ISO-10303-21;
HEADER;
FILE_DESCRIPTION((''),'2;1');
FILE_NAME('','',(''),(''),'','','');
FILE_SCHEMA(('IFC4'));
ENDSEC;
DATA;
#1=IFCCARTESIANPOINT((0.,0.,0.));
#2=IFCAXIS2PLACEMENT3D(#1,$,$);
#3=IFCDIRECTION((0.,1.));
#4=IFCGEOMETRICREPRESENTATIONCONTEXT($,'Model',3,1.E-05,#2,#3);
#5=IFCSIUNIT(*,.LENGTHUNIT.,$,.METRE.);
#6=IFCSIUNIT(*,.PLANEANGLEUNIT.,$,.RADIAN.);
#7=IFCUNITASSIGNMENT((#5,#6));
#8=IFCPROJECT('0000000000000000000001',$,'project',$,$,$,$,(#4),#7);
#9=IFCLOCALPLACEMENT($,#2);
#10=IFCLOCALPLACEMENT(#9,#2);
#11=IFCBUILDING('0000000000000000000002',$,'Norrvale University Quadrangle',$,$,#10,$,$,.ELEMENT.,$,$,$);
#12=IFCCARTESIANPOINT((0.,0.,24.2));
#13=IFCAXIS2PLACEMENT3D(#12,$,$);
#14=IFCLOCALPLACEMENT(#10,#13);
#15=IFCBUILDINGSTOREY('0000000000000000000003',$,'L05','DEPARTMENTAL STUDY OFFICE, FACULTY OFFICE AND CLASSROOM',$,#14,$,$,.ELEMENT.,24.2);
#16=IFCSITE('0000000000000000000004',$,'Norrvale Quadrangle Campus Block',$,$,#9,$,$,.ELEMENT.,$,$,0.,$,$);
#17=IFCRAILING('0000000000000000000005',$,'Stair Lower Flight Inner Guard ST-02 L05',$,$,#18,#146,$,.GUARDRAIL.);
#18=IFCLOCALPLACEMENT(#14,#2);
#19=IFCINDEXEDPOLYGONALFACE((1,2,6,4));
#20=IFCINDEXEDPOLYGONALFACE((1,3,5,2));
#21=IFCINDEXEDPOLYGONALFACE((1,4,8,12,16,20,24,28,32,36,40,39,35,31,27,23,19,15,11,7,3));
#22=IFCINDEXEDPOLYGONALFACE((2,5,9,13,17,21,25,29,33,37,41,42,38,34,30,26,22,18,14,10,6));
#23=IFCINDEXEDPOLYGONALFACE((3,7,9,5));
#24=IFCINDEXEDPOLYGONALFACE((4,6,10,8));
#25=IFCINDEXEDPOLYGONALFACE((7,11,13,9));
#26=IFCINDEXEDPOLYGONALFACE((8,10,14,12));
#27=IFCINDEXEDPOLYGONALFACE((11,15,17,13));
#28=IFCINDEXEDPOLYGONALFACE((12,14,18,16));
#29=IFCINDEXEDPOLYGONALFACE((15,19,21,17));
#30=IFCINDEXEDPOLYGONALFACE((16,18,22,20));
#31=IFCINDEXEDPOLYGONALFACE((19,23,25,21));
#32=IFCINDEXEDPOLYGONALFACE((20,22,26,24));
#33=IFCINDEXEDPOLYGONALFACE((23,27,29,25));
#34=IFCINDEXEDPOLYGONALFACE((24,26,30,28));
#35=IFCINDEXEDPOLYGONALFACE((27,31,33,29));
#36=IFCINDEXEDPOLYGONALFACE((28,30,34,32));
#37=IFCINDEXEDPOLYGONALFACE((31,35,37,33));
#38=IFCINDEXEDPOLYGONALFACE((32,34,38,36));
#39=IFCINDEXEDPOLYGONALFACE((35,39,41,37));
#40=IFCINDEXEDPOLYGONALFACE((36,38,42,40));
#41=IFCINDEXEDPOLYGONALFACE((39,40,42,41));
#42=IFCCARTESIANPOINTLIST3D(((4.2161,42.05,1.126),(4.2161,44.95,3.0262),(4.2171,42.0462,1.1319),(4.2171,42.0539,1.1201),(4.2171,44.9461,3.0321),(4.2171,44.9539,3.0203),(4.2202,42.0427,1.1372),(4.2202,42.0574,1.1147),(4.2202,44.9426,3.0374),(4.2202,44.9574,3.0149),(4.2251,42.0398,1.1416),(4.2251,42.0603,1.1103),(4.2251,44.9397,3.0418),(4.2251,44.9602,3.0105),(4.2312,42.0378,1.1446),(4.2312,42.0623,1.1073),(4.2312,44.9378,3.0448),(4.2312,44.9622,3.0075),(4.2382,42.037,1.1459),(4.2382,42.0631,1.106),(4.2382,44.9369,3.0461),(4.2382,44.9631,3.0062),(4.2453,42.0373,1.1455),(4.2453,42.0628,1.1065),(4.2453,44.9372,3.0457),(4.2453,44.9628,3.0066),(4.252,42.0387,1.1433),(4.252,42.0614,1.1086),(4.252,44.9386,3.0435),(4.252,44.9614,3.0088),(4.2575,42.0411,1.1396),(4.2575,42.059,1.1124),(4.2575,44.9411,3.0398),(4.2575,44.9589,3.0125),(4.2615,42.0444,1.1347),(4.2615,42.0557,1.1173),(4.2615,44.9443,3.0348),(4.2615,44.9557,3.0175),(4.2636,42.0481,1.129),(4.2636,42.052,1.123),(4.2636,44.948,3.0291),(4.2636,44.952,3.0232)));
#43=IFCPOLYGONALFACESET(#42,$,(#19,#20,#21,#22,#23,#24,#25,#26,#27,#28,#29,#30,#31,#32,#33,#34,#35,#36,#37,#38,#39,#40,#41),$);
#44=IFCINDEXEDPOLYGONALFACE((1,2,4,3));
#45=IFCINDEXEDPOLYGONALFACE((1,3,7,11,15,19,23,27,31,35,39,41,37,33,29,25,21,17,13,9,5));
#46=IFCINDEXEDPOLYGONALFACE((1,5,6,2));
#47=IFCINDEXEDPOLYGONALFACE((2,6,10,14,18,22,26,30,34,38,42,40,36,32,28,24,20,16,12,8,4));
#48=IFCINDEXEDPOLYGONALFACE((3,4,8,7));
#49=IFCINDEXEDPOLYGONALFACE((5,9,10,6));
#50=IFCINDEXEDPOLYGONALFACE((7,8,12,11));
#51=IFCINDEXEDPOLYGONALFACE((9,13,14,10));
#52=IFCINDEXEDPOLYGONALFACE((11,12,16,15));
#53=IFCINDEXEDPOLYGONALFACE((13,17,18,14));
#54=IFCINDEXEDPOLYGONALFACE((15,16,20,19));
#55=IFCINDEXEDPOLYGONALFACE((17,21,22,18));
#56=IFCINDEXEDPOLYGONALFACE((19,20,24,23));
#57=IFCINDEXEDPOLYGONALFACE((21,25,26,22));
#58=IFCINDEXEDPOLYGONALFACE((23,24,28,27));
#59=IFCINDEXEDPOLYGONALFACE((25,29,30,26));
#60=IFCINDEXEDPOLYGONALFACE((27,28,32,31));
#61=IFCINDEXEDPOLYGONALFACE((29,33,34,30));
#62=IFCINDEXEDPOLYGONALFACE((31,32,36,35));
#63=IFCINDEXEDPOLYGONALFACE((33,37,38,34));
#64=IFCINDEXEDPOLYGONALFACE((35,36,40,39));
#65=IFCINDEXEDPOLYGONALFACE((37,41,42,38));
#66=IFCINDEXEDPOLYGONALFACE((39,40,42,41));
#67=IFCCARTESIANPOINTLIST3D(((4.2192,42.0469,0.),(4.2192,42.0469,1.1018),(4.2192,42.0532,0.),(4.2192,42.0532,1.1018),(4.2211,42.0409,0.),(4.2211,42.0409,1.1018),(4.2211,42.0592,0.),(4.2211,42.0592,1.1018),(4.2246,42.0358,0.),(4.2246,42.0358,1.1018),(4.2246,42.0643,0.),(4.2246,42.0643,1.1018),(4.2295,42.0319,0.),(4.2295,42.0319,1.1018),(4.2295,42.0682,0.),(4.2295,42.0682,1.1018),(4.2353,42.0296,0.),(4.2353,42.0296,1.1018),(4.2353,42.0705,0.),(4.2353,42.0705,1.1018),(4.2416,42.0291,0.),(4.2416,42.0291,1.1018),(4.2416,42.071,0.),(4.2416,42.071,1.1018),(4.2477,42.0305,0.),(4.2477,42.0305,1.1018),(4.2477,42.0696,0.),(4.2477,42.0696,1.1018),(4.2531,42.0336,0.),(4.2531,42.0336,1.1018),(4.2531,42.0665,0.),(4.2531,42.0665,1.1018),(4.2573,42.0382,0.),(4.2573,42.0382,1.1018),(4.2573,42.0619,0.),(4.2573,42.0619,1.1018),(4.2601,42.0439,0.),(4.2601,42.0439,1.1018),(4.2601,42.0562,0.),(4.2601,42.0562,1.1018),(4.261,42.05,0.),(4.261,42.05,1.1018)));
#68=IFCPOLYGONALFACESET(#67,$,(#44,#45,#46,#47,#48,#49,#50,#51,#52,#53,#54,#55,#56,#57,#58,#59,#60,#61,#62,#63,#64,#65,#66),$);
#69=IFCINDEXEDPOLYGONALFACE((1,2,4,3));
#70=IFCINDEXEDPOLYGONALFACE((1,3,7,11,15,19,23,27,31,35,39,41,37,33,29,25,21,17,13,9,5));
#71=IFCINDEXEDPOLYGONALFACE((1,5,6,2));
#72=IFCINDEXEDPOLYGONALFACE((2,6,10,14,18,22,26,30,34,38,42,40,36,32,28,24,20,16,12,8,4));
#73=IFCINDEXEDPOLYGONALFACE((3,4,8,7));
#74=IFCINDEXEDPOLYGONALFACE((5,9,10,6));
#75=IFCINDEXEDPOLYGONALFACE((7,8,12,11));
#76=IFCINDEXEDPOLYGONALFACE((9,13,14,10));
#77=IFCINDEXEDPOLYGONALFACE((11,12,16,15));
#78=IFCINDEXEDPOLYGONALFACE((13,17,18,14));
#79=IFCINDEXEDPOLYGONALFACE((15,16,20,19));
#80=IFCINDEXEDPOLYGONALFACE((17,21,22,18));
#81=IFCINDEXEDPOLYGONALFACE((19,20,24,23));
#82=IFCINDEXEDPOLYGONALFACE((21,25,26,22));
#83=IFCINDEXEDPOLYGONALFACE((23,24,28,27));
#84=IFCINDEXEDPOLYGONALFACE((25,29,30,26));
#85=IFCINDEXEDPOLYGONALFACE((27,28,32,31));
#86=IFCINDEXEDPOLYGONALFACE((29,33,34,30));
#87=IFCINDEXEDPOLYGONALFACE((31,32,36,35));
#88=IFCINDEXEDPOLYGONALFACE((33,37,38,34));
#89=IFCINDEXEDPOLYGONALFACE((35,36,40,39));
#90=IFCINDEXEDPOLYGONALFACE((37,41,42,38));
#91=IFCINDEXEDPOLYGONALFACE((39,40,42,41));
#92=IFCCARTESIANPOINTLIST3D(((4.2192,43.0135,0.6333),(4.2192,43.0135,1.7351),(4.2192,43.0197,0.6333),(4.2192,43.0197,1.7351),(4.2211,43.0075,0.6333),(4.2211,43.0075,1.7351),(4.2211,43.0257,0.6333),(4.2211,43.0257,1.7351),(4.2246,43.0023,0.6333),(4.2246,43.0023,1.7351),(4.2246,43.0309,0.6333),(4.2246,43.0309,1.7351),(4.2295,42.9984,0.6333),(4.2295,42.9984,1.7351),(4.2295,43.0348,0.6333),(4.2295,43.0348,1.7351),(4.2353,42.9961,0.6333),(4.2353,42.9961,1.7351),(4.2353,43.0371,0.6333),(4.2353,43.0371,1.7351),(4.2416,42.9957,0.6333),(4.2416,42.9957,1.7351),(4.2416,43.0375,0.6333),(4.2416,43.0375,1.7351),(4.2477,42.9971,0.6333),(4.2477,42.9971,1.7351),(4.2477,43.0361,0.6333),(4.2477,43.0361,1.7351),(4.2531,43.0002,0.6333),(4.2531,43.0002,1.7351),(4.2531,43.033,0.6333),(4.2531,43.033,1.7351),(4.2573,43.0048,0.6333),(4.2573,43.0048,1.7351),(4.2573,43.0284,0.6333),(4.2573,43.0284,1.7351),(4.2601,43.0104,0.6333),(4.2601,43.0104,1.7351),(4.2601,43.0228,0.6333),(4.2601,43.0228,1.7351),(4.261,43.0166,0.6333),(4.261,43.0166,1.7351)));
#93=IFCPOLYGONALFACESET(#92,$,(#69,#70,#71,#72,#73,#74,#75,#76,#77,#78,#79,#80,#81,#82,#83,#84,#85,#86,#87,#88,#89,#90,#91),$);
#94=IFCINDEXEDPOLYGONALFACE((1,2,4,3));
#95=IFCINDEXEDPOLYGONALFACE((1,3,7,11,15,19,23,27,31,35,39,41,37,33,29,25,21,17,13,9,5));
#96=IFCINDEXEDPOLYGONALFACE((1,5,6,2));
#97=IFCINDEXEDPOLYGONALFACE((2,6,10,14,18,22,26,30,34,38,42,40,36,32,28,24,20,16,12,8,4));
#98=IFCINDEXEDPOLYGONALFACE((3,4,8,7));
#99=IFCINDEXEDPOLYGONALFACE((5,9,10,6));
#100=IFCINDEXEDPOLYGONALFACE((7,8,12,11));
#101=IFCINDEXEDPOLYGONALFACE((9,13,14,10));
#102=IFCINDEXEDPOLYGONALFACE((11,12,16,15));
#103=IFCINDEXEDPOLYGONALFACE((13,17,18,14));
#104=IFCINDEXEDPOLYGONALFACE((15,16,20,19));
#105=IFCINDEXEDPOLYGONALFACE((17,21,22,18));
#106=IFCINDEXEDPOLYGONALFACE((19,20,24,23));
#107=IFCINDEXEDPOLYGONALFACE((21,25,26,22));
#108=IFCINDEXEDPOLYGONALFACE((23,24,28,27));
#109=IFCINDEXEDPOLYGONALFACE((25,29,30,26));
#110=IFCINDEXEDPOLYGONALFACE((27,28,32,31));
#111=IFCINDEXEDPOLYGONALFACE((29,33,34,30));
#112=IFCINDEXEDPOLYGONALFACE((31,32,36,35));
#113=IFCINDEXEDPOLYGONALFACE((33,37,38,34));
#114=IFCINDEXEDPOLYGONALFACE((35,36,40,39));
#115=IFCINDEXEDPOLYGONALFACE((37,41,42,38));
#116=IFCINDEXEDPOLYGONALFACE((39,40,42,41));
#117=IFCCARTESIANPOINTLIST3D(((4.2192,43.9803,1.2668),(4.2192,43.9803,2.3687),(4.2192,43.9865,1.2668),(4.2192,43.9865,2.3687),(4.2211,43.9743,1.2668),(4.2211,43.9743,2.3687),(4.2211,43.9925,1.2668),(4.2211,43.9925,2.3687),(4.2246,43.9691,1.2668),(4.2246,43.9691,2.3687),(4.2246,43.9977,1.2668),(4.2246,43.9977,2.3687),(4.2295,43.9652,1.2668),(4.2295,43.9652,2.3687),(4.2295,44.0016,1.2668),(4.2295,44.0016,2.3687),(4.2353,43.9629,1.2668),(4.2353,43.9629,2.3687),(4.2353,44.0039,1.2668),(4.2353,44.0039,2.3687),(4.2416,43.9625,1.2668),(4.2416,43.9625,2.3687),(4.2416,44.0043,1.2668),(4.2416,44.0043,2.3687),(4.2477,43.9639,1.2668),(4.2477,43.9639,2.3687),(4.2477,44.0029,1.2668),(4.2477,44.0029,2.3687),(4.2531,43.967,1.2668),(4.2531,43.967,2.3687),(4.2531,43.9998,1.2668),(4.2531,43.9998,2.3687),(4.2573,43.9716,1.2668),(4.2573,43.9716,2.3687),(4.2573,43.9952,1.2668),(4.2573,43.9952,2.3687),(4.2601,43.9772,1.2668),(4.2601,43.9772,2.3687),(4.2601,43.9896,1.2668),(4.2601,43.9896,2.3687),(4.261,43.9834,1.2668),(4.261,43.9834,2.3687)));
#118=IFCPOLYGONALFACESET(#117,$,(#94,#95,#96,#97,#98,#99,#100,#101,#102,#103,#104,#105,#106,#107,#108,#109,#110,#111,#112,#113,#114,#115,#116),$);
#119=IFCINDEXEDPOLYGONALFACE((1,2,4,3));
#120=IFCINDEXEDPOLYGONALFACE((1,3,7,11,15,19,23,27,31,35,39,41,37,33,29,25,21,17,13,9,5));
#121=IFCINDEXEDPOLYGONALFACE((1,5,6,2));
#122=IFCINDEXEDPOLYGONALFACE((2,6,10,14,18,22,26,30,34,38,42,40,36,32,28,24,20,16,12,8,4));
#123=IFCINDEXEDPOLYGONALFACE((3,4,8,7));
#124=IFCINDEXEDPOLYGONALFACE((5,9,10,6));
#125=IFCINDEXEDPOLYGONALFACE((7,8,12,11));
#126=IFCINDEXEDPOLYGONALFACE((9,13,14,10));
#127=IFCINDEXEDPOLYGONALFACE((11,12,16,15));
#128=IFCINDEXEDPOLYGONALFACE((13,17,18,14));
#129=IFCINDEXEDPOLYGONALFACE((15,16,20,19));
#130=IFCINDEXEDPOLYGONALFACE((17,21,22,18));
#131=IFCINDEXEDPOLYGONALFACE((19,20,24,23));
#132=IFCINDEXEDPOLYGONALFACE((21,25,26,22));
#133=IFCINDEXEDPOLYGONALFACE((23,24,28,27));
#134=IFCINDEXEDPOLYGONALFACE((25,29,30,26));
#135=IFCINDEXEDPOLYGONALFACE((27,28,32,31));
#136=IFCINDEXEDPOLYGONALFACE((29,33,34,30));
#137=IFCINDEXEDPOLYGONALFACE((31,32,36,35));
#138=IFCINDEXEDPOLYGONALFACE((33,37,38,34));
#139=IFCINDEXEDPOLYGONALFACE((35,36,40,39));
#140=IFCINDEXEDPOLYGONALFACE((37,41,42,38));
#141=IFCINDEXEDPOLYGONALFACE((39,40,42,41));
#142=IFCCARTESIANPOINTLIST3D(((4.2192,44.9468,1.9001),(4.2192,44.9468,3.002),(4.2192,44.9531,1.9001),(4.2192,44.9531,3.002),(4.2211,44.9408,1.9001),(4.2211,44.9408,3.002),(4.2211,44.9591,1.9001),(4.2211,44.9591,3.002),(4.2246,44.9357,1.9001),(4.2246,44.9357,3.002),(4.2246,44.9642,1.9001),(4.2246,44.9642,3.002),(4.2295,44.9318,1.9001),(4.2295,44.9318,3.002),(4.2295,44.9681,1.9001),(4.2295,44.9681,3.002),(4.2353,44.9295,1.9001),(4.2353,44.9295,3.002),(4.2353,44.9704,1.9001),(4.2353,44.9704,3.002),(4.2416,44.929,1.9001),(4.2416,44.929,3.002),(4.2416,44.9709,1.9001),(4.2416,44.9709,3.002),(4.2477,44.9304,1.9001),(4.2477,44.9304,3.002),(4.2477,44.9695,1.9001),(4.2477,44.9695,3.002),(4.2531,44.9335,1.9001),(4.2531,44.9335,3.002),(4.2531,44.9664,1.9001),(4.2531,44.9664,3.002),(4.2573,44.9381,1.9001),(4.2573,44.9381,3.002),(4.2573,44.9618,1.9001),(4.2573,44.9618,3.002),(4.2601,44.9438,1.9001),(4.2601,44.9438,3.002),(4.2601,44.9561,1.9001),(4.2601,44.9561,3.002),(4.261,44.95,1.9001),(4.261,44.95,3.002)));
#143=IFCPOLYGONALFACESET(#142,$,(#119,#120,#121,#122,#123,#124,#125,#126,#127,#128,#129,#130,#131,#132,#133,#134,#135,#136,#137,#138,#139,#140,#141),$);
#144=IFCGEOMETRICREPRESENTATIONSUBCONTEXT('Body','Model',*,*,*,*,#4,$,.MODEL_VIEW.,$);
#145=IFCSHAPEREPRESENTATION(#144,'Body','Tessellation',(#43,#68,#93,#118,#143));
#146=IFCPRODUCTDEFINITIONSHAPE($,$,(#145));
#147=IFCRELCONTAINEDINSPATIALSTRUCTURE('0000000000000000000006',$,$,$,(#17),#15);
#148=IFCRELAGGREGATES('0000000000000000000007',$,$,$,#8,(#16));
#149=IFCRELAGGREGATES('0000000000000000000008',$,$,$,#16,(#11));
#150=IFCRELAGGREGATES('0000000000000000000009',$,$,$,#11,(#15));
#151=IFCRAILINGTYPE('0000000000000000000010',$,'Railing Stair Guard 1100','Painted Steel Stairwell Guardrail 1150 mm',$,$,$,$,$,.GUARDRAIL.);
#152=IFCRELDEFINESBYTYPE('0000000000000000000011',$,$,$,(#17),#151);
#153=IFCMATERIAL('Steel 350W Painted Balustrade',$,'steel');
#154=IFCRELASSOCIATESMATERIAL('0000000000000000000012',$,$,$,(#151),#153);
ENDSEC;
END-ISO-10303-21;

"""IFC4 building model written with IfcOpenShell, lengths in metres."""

from ifc_helpers import new_model, si_unit, direction, frame, origin, origin_2d, place, context, subcontext, project, spatial, circle, extrude, material, type_object, element, save


model = new_model("IFC4")

# Units and contexts
model_context = context("Model", 3, precision=1e-05, world=origin(), true_north=direction((0.0, 1.0)))
body_context = subcontext(model_context, "Body", "Model", "MODEL_VIEW")
ifc_project = project(units=[si_unit("LENGTHUNIT", "METRE"), si_unit("PLANEANGLEUNIT", "RADIAN")], contexts=[model_context])

# Site, building, storey
site_placement = place(None, origin())
site = spatial("IfcSite", under=ifc_project, at=site_placement, Name="Norrvale Quadrangle Campus Block", CompositionType="ELEMENT", RefElevation=0.0)
building_placement = place(site_placement, origin())
building = spatial("IfcBuilding", under=site, at=building_placement, Name="Norrvale University Quadrangle", CompositionType="ELEMENT")
storey_placement = place(building_placement, frame((0.0, 0.0, 24.2)))
storey = spatial("IfcBuildingStorey", under=building, at=storey_placement, Name="L05", Description="DEPARTMENTAL STUDY OFFICE, FACULTY OFFICE AND CLASSROOM", CompositionType="ELEMENT", Elevation=24.2)

# Railing
ifc_material_1 = material(Name="Steel 350W Painted Balustrade", Category="steel")
railing_type_1 = type_object("IfcRailingType", Name="Railing Stair Guard 1100", Description="Painted Steel Stairwell Guardrail 1150 mm", PredefinedType="GUARDRAIL", material=ifc_material_1)
railing_1_placement = place(storey_placement, frame((4.24, 42.05, 0.0)))
element("IfcRailing", 1, at=railing_1_placement, inside=storey, type_object=railing_type_1, Name="Stair Lower Flight Inner Guard ST-02 L05", PredefinedType="GUARDRAIL", context=body_context, shape_type="SweptSolid", body=[
    extrude(circle(Radius=0.0239, at=origin_2d()), frame((0.0, 0.0, 1.126), z_axis=(0.0, 0.836433, 0.548069), x_axis=(-1.0, 0.0, 0.0)), (0.0, 0.0, 1.0), 3.467),
    extrude(circle(Radius=0.021, at=origin_2d()), origin(), (0.0, 0.0, 1.0), 1.1018),
    extrude(circle(Radius=0.021, at=origin_2d()), frame((0.0, 0.9666, 0.6333)), (0.0, 0.0, 1.0), 1.1018),
    extrude(circle(Radius=0.021, at=origin_2d()), frame((0.0, 1.9333, 1.2668)), (0.0, 0.0, 1.0), 1.1018),
    extrude(circle(Radius=0.021, at=origin_2d()), frame((0.0, 2.8999, 1.9001)), (0.0, 0.0, 1.0), 1.1018),
])

save(model, "model.ifc")
